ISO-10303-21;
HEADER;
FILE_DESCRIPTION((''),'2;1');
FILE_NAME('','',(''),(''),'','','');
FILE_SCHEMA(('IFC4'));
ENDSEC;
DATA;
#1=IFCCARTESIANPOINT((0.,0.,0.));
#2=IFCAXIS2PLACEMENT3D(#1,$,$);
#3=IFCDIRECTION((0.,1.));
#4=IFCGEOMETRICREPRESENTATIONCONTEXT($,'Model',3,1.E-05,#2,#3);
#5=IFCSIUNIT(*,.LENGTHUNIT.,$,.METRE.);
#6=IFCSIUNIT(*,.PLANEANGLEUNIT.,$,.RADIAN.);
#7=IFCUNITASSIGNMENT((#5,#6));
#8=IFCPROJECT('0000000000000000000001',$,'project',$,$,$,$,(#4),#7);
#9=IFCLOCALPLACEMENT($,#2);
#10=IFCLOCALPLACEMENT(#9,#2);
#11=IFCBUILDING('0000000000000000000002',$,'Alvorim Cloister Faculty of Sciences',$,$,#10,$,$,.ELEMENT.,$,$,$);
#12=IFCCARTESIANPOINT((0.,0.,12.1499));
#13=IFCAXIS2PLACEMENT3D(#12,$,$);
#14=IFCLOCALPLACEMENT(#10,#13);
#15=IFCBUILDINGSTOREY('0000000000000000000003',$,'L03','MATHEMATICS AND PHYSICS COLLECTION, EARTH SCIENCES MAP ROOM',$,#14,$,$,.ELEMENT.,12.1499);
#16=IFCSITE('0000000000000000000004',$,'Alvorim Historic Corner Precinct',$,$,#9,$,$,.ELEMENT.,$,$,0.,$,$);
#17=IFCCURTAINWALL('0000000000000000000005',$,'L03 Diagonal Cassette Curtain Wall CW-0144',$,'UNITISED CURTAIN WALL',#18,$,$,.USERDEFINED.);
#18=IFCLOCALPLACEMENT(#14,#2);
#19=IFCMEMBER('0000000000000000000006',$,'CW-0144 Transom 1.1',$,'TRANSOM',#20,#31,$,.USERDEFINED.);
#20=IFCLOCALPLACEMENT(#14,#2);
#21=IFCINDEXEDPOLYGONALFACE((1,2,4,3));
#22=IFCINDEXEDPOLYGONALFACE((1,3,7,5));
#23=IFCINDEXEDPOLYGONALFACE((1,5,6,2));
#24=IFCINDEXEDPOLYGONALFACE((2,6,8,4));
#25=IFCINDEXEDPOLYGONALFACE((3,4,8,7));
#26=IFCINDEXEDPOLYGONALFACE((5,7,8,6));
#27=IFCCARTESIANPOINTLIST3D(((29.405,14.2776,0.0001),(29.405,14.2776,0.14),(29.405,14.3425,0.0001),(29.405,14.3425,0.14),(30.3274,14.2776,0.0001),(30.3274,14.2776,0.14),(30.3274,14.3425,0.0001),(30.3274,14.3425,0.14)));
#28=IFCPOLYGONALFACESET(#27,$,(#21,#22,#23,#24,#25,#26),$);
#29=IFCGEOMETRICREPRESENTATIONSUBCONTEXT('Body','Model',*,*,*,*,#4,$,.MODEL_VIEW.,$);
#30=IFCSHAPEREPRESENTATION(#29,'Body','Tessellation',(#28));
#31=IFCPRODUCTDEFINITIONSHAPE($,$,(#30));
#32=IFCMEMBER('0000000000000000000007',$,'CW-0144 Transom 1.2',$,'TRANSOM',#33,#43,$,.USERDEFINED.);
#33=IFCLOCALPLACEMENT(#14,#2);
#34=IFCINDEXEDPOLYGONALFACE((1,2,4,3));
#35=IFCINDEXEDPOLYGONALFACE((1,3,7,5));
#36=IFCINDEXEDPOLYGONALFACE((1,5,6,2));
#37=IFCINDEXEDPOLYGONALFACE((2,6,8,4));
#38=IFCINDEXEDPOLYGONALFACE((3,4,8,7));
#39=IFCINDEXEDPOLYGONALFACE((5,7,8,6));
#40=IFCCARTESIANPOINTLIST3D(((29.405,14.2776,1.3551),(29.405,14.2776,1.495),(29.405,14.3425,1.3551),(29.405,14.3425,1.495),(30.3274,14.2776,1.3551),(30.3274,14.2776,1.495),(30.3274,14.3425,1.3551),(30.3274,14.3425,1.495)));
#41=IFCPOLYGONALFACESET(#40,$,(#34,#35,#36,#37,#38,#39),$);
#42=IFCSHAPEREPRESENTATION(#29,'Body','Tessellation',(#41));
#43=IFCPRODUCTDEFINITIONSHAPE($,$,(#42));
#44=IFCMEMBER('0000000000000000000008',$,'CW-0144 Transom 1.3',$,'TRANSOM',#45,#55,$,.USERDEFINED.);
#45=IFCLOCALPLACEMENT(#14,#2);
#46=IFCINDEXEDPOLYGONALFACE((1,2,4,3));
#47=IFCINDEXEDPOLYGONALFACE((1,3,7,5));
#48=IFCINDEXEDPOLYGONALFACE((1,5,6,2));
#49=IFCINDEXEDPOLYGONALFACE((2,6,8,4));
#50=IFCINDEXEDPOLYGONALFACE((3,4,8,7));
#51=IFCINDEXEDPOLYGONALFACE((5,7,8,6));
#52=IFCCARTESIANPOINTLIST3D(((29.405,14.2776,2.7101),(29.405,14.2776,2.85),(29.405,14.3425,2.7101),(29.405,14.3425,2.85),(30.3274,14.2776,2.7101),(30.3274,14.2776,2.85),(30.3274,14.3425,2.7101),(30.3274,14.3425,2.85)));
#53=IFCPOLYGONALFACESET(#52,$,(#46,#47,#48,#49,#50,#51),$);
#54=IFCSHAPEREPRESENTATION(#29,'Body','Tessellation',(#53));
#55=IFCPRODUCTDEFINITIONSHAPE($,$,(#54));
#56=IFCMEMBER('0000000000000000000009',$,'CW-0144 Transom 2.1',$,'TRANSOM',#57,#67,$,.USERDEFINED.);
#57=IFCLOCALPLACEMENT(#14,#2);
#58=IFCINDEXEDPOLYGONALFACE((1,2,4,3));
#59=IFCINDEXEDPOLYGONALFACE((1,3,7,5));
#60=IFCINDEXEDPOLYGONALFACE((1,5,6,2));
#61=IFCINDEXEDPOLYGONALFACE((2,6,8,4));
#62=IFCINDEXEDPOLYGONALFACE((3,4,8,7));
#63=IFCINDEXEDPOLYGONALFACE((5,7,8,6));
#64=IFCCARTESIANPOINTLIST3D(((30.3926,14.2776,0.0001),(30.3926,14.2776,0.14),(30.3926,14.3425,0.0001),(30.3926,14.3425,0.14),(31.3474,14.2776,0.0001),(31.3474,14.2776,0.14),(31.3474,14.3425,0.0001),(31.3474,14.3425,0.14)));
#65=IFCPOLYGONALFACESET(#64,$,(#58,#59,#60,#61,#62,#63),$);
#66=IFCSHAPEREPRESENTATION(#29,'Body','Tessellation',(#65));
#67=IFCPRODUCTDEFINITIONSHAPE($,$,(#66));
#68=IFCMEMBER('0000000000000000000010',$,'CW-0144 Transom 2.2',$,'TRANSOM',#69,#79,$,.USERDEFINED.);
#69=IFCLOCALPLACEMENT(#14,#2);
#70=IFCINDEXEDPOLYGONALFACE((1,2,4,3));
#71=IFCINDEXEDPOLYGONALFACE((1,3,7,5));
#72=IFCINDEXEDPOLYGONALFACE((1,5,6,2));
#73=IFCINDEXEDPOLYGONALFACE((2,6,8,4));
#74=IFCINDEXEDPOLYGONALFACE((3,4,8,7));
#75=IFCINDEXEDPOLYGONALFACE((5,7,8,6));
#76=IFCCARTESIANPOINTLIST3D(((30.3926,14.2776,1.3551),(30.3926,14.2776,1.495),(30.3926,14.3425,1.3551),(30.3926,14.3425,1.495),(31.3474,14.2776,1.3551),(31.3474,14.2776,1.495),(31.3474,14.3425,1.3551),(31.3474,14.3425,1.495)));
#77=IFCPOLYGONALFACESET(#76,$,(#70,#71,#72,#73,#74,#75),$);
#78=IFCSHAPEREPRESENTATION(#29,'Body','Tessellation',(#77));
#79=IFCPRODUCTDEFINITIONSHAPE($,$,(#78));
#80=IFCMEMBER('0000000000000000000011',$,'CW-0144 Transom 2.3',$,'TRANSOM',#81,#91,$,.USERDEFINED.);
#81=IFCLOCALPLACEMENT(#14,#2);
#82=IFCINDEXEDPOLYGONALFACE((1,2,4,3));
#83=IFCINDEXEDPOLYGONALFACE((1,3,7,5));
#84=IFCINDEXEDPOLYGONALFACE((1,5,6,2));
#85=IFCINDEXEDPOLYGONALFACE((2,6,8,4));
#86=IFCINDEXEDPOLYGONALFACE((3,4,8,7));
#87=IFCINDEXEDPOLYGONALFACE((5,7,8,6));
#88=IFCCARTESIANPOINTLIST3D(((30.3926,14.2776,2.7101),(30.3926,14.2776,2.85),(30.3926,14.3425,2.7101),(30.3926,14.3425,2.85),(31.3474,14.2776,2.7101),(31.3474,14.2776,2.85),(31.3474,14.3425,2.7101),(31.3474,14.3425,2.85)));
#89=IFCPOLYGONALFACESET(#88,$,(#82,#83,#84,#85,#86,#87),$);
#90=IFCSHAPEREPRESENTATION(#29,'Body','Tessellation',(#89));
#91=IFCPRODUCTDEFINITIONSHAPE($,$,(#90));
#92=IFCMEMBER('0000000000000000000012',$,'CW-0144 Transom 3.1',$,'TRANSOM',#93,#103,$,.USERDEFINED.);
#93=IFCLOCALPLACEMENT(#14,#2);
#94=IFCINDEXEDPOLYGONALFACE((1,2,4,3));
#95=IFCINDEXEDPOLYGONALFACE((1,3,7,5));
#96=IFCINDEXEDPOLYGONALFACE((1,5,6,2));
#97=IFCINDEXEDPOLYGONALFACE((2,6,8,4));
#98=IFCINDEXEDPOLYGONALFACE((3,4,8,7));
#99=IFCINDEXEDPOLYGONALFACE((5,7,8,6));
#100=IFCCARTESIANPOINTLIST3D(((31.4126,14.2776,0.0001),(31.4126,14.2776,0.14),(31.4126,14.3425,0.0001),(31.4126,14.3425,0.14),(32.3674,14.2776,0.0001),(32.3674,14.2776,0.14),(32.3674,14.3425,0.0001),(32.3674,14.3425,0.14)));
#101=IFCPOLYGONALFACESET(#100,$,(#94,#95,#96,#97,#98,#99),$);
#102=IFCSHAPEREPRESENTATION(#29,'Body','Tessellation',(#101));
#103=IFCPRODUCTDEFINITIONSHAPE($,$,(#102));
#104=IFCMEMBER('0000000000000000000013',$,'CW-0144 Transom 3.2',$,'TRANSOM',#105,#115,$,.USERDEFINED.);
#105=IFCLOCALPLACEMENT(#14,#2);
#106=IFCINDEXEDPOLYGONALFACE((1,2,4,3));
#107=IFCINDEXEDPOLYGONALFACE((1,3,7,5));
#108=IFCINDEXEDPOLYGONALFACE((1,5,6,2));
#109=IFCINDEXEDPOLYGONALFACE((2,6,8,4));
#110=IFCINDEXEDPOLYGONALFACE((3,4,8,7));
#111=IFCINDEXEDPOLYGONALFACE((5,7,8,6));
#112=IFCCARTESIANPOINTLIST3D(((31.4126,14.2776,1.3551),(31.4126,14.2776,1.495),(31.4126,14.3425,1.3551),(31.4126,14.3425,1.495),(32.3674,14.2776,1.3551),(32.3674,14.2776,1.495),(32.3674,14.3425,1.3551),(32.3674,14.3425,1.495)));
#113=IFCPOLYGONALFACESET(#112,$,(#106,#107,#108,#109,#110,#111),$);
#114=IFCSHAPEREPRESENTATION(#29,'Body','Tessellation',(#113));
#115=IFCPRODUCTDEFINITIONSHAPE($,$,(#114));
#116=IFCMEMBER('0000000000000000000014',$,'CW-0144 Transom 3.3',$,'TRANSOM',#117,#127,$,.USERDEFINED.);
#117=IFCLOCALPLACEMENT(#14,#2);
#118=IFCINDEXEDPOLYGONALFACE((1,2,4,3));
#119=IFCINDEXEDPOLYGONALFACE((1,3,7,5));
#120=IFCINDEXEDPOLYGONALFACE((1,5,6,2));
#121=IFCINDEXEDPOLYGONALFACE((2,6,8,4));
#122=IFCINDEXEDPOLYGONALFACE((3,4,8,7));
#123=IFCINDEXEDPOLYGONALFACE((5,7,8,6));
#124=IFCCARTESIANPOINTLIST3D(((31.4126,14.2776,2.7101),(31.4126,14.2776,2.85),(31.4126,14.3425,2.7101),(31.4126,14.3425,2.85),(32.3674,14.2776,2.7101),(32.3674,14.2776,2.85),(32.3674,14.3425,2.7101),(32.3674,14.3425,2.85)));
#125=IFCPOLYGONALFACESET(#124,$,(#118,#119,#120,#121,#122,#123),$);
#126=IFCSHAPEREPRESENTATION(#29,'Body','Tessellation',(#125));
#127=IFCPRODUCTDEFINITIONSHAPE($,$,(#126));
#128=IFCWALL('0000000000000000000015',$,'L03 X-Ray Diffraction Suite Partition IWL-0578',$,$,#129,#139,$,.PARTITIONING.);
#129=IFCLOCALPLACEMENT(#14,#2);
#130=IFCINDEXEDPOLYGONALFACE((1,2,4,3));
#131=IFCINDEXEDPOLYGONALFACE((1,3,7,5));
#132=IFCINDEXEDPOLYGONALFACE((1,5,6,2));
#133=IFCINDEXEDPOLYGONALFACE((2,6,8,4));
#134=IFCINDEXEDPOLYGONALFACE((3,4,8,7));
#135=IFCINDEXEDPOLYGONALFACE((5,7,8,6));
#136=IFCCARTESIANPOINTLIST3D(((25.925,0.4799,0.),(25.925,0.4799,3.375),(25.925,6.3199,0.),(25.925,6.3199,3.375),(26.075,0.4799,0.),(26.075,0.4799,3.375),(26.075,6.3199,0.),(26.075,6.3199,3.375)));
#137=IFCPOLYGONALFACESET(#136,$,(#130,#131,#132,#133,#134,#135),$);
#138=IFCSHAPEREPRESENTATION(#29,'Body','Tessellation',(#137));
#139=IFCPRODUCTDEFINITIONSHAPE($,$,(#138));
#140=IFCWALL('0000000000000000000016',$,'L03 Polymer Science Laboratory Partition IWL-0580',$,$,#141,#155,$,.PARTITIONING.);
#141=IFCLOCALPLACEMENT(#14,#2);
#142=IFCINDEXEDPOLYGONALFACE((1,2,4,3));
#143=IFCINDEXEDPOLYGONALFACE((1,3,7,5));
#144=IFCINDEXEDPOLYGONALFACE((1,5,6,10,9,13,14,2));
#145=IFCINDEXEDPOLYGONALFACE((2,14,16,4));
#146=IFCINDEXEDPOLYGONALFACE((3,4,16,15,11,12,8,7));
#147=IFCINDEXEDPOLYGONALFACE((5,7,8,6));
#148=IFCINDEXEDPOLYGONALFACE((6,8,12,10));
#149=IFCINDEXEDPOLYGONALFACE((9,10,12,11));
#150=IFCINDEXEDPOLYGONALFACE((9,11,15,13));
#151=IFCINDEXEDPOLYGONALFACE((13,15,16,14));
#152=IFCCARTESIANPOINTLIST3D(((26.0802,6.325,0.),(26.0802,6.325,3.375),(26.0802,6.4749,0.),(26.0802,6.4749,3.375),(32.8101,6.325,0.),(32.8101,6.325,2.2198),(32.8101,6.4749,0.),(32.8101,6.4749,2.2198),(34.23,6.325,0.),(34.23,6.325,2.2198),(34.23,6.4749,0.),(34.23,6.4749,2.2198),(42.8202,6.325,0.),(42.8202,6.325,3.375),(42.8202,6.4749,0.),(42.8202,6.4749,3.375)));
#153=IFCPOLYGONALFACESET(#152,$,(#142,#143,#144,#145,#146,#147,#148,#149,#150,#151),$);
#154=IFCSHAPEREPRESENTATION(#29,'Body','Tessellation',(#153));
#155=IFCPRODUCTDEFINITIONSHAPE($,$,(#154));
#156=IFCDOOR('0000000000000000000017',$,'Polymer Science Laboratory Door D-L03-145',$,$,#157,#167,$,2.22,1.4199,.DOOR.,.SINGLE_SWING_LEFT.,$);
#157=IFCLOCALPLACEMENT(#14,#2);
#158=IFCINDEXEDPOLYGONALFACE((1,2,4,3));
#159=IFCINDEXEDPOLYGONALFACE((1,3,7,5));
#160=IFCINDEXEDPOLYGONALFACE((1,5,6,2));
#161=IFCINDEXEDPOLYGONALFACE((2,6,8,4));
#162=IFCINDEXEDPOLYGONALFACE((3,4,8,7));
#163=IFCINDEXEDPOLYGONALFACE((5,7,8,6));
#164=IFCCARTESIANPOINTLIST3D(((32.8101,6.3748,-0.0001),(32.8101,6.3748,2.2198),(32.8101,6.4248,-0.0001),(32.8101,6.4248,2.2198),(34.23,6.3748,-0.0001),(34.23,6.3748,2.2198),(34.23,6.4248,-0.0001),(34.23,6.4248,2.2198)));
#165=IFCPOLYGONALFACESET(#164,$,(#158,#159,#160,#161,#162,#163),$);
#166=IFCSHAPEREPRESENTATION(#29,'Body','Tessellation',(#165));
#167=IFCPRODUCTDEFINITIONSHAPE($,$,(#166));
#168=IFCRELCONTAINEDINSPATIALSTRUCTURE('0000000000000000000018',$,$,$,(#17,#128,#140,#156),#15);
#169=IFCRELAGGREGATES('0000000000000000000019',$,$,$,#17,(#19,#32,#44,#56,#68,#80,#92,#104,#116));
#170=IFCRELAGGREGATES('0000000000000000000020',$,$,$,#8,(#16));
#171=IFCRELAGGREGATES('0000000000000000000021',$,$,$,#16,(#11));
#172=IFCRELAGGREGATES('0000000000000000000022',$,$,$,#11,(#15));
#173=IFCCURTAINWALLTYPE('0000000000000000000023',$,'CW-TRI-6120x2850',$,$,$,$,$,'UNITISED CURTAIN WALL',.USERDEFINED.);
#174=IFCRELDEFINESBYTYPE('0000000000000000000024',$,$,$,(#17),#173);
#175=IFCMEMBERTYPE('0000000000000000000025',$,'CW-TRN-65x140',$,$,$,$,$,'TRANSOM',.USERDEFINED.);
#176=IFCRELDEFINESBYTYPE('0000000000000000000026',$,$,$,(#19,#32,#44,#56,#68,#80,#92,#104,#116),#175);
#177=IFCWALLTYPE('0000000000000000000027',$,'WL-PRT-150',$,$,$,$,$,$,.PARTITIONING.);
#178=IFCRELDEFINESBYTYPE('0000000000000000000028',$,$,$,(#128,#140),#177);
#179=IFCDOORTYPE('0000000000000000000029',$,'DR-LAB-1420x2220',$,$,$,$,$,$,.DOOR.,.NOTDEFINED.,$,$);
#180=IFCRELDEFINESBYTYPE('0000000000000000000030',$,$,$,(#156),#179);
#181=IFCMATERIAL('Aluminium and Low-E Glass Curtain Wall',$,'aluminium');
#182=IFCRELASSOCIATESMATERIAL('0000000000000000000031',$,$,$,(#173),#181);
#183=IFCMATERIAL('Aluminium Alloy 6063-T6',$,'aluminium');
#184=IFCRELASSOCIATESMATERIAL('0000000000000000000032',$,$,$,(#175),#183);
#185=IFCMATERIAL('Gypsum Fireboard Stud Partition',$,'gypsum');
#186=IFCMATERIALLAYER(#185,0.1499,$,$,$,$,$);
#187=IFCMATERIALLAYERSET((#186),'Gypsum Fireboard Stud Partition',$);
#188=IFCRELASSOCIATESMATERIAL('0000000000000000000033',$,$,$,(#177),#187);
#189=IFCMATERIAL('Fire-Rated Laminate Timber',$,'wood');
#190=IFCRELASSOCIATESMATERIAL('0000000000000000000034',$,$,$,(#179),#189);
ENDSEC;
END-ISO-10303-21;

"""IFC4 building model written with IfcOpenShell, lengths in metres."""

from ifc_helpers import new_model, si_unit, direction, frame, frame_2d, origin, origin_2d, place, context, subcontext, project, spatial, rectangle, extrude, material, layer, layer_set, material_profile, profile_set, type_object, element, fill, aggregate, save


model = new_model("IFC4")

# Units and contexts
model_context = context("Model", 3, precision=1e-05, world=origin(), true_north=direction((0.0, 1.0)))
body_context = subcontext(model_context, "Body", "Model", "MODEL_VIEW")
ifc_project = project(units=[si_unit("LENGTHUNIT", "METRE"), si_unit("PLANEANGLEUNIT", "RADIAN")], contexts=[model_context])

# Site, building, storey
site_placement = place(None, origin())
site = spatial("IfcSite", under=ifc_project, at=site_placement, Name="Alvorim Historic Corner Precinct", CompositionType="ELEMENT", RefElevation=0.0)
building_placement = place(site_placement, origin())
building = spatial("IfcBuilding", under=site, at=building_placement, Name="Alvorim Cloister Faculty of Sciences", CompositionType="ELEMENT")
storey_placement = place(building_placement, frame((0.0, 0.0, 12.1499)))
storey = spatial("IfcBuildingStorey", under=building, at=storey_placement, Name="L03", Description="MATHEMATICS AND PHYSICS COLLECTION, EARTH SCIENCES MAP ROOM", CompositionType="ELEMENT", Elevation=12.1499)

# Curtain wall, members
ifc_material_1 = material(Name="Aluminium and Low-E Glass Curtain Wall", Category="aluminium")
curtain_wall_type = type_object("IfcCurtainWallType", Name="CW-TRI-6120x2850", ElementType="UNITISED CURTAIN WALL", PredefinedType="USERDEFINED", material=ifc_material_1)
curtain_wall_placement = place(storey_placement, origin())
curtain_wall = element("IfcCurtainWall", 1, at=curtain_wall_placement, inside=storey, type_object=curtain_wall_type, Name="L03 Diagonal Cassette Curtain Wall CW-0144", ObjectType="UNITISED CURTAIN WALL", PredefinedType="USERDEFINED")
ifc_material_2 = material(Name="Aluminium Alloy 6063-T6", Category="aluminium")
ifc_material_profile_1 = material_profile(ifc_material_2, rectangle(XDim=0.0649, YDim=0.1399, at=origin_2d()), Name="ALU-TRN-65x140")
ifc_profile_set_1 = profile_set([ifc_material_profile_1], Name="Aluminium Alloy 6063-T6")
member_type_1 = type_object("IfcMemberType", Name="CW-TRN-65x140", ElementType="TRANSOM", PredefinedType="USERDEFINED", material=ifc_profile_set_1)
member_1_placement = place(storey_placement, frame((29.405, 14.3101, 0.0701), z_axis=(1.0, 0.0, 0.0), x_axis=(0.0, 1.0, 0.0)))
member_1 = element("IfcMember", 2, at=member_1_placement, type_object=member_type_1, Name="CW-0144 Transom 1.1", ObjectType="TRANSOM", PredefinedType="USERDEFINED", context=body_context, shape_type="SweptSolid", body=[
    extrude(rectangle(XDim=0.0649, YDim=0.1399, at=origin_2d()), origin(), (0.0, 0.0, 1.0), 0.9224),
])
member_2_placement = place(storey_placement, frame((29.405, 14.3101, 1.425), z_axis=(1.0, 0.0, 0.0), x_axis=(0.0, 1.0, 0.0)))
member_2 = element("IfcMember", 3, at=member_2_placement, type_object=member_type_1, Name="CW-0144 Transom 1.2", ObjectType="TRANSOM", PredefinedType="USERDEFINED", context=body_context, shape_type="SweptSolid", body=[
    extrude(rectangle(XDim=0.0649, YDim=0.1399, at=origin_2d()), origin(), (0.0, 0.0, 1.0), 0.9224),
])
member_3_placement = place(storey_placement, frame((29.405, 14.3101, 2.78), z_axis=(1.0, 0.0, 0.0), x_axis=(0.0, 1.0, 0.0)))
member_3 = element("IfcMember", 4, at=member_3_placement, type_object=member_type_1, Name="CW-0144 Transom 1.3", ObjectType="TRANSOM", PredefinedType="USERDEFINED", context=body_context, shape_type="SweptSolid", body=[
    extrude(rectangle(XDim=0.0649, YDim=0.1399, at=origin_2d()), origin(), (0.0, 0.0, 1.0), 0.9224),
])
member_4_placement = place(storey_placement, frame((30.3926, 14.3101, 0.0701), z_axis=(1.0, 0.0, 0.0), x_axis=(0.0, 1.0, 0.0)))
member_4 = element("IfcMember", 5, at=member_4_placement, type_object=member_type_1, Name="CW-0144 Transom 2.1", ObjectType="TRANSOM", PredefinedType="USERDEFINED", context=body_context, shape_type="SweptSolid", body=[
    extrude(rectangle(XDim=0.0649, YDim=0.1399, at=origin_2d()), origin(), (0.0, 0.0, 1.0), 0.9548),
])
member_5_placement = place(storey_placement, frame((30.3926, 14.3101, 1.425), z_axis=(1.0, 0.0, 0.0), x_axis=(0.0, 1.0, 0.0)))
member_5 = element("IfcMember", 6, at=member_5_placement, type_object=member_type_1, Name="CW-0144 Transom 2.2", ObjectType="TRANSOM", PredefinedType="USERDEFINED", context=body_context, shape_type="SweptSolid", body=[
    extrude(rectangle(XDim=0.0649, YDim=0.1399, at=origin_2d()), origin(), (0.0, 0.0, 1.0), 0.9548),
])
member_6_placement = place(storey_placement, frame((30.3926, 14.3101, 2.78), z_axis=(1.0, 0.0, 0.0), x_axis=(0.0, 1.0, 0.0)))
member_6 = element("IfcMember", 7, at=member_6_placement, type_object=member_type_1, Name="CW-0144 Transom 2.3", ObjectType="TRANSOM", PredefinedType="USERDEFINED", context=body_context, shape_type="SweptSolid", body=[
    extrude(rectangle(XDim=0.0649, YDim=0.1399, at=origin_2d()), origin(), (0.0, 0.0, 1.0), 0.9548),
])
member_7_placement = place(storey_placement, frame((31.4126, 14.3101, 0.0701), z_axis=(1.0, 0.0, 0.0), x_axis=(0.0, 1.0, 0.0)))
member_7 = element("IfcMember", 8, at=member_7_placement, type_object=member_type_1, Name="CW-0144 Transom 3.1", ObjectType="TRANSOM", PredefinedType="USERDEFINED", context=body_context, shape_type="SweptSolid", body=[
    extrude(rectangle(XDim=0.0649, YDim=0.1399, at=origin_2d()), origin(), (0.0, 0.0, 1.0), 0.9548),
])
member_8_placement = place(storey_placement, frame((31.4126, 14.3101, 1.425), z_axis=(1.0, 0.0, 0.0), x_axis=(0.0, 1.0, 0.0)))
member_8 = element("IfcMember", 9, at=member_8_placement, type_object=member_type_1, Name="CW-0144 Transom 3.2", ObjectType="TRANSOM", PredefinedType="USERDEFINED", context=body_context, shape_type="SweptSolid", body=[
    extrude(rectangle(XDim=0.0649, YDim=0.1399, at=origin_2d()), origin(), (0.0, 0.0, 1.0), 0.9548),
])
member_9_placement = place(storey_placement, frame((31.4126, 14.3101, 2.78), z_axis=(1.0, 0.0, 0.0), x_axis=(0.0, 1.0, 0.0)))
member_9 = element("IfcMember", 10, at=member_9_placement, type_object=member_type_1, Name="CW-0144 Transom 3.3", ObjectType="TRANSOM", PredefinedType="USERDEFINED", context=body_context, shape_type="SweptSolid", body=[
    extrude(rectangle(XDim=0.0649, YDim=0.1399, at=origin_2d()), origin(), (0.0, 0.0, 1.0), 0.9548),
])
aggregate(curtain_wall, [member_1, member_2, member_3, member_4, member_5, member_6, member_7, member_8, member_9])

# Wall
ifc_material_3 = material(Name="Gypsum Fireboard Stud Partition", Category="gypsum")
ifc_layer = layer(ifc_material_3, 0.1499)
ifc_layer_set = layer_set([ifc_layer], Name="Gypsum Fireboard Stud Partition")
wall_type = type_object("IfcWallType", Name="WL-PRT-150", PredefinedType="PARTITIONING", material=ifc_layer_set)
wall_1_placement = place(storey_placement, frame((26.0, 0.48, 0.0), z_axis=(0.0, 0.0, 1.0), x_axis=(0.0, 1.0, 0.0)))
element("IfcWall", 11, at=wall_1_placement, inside=storey, type_object=wall_type, Name="L03 X-Ray Diffraction Suite Partition IWL-0578", PredefinedType="PARTITIONING", context=body_context, shape_type="SweptSolid", body=[
    extrude(rectangle(XDim=5.8401, YDim=0.1499, at=frame_2d((2.9199, 0.0))), origin(), (0.0, 0.0, 1.0), 3.375),
])

# Wall, opening, door
wall_2_placement = place(storey_placement, frame((26.0801, 6.3999, 0.0), z_axis=(0.0, 0.0, 1.0), x_axis=(1.0, 0.0, 0.0)))
wall_2 = element("IfcWall", 12, at=wall_2_placement, inside=storey, type_object=wall_type, Name="L03 Polymer Science Laboratory Partition IWL-0580", PredefinedType="PARTITIONING", context=body_context, shape_type="SweptSolid", body=[
    extrude(rectangle(XDim=16.74, YDim=0.1499, at=frame_2d((8.3701, 0.0))), origin(), (0.0, 0.0, 1.0), 3.375),
])
opening_placement = place(wall_2_placement, frame((6.73, 0.0, 0.0)))
opening = element("IfcOpeningElement", 13, at=opening_placement, cuts=wall_2, PredefinedType="OPENING", context=body_context, shape_type="SweptSolid", body=[
    extrude(rectangle(XDim=1.4199, YDim=2.22, at=frame_2d((0.71, 1.1099))), frame((0.0, 0.0869, 0.0), z_axis=(0.0, -1.0, 0.0), x_axis=(1.0, 0.0, 0.0)), (0.0, 0.0, 1.0), 0.1738),
])
ifc_material_4 = material(Name="Fire-Rated Laminate Timber", Category="wood")
door_type = type_object("IfcDoorType", Name="DR-LAB-1420x2220", OperationType="NOTDEFINED", PredefinedType="DOOR", material=ifc_material_4)
door_placement = place(opening_placement, origin())
door = element("IfcDoor", 14, at=door_placement, inside=storey, type_object=door_type, Name="Polymer Science Laboratory Door D-L03-145", OperationType="SINGLE_SWING_LEFT", OverallHeight=2.22, OverallWidth=1.4199, PredefinedType="DOOR", context=body_context, shape_type="SweptSolid", body=[
    extrude(rectangle(XDim=1.4199, YDim=2.22, at=frame_2d((0.71, 1.1099))), frame((0.0, 0.0249, 0.0), z_axis=(0.0, -1.0, 0.0), x_axis=(1.0, 0.0, 0.0)), (0.0, 0.0, 1.0), 0.05),
])
fill(opening, door)

save(model, "model.ifc")
